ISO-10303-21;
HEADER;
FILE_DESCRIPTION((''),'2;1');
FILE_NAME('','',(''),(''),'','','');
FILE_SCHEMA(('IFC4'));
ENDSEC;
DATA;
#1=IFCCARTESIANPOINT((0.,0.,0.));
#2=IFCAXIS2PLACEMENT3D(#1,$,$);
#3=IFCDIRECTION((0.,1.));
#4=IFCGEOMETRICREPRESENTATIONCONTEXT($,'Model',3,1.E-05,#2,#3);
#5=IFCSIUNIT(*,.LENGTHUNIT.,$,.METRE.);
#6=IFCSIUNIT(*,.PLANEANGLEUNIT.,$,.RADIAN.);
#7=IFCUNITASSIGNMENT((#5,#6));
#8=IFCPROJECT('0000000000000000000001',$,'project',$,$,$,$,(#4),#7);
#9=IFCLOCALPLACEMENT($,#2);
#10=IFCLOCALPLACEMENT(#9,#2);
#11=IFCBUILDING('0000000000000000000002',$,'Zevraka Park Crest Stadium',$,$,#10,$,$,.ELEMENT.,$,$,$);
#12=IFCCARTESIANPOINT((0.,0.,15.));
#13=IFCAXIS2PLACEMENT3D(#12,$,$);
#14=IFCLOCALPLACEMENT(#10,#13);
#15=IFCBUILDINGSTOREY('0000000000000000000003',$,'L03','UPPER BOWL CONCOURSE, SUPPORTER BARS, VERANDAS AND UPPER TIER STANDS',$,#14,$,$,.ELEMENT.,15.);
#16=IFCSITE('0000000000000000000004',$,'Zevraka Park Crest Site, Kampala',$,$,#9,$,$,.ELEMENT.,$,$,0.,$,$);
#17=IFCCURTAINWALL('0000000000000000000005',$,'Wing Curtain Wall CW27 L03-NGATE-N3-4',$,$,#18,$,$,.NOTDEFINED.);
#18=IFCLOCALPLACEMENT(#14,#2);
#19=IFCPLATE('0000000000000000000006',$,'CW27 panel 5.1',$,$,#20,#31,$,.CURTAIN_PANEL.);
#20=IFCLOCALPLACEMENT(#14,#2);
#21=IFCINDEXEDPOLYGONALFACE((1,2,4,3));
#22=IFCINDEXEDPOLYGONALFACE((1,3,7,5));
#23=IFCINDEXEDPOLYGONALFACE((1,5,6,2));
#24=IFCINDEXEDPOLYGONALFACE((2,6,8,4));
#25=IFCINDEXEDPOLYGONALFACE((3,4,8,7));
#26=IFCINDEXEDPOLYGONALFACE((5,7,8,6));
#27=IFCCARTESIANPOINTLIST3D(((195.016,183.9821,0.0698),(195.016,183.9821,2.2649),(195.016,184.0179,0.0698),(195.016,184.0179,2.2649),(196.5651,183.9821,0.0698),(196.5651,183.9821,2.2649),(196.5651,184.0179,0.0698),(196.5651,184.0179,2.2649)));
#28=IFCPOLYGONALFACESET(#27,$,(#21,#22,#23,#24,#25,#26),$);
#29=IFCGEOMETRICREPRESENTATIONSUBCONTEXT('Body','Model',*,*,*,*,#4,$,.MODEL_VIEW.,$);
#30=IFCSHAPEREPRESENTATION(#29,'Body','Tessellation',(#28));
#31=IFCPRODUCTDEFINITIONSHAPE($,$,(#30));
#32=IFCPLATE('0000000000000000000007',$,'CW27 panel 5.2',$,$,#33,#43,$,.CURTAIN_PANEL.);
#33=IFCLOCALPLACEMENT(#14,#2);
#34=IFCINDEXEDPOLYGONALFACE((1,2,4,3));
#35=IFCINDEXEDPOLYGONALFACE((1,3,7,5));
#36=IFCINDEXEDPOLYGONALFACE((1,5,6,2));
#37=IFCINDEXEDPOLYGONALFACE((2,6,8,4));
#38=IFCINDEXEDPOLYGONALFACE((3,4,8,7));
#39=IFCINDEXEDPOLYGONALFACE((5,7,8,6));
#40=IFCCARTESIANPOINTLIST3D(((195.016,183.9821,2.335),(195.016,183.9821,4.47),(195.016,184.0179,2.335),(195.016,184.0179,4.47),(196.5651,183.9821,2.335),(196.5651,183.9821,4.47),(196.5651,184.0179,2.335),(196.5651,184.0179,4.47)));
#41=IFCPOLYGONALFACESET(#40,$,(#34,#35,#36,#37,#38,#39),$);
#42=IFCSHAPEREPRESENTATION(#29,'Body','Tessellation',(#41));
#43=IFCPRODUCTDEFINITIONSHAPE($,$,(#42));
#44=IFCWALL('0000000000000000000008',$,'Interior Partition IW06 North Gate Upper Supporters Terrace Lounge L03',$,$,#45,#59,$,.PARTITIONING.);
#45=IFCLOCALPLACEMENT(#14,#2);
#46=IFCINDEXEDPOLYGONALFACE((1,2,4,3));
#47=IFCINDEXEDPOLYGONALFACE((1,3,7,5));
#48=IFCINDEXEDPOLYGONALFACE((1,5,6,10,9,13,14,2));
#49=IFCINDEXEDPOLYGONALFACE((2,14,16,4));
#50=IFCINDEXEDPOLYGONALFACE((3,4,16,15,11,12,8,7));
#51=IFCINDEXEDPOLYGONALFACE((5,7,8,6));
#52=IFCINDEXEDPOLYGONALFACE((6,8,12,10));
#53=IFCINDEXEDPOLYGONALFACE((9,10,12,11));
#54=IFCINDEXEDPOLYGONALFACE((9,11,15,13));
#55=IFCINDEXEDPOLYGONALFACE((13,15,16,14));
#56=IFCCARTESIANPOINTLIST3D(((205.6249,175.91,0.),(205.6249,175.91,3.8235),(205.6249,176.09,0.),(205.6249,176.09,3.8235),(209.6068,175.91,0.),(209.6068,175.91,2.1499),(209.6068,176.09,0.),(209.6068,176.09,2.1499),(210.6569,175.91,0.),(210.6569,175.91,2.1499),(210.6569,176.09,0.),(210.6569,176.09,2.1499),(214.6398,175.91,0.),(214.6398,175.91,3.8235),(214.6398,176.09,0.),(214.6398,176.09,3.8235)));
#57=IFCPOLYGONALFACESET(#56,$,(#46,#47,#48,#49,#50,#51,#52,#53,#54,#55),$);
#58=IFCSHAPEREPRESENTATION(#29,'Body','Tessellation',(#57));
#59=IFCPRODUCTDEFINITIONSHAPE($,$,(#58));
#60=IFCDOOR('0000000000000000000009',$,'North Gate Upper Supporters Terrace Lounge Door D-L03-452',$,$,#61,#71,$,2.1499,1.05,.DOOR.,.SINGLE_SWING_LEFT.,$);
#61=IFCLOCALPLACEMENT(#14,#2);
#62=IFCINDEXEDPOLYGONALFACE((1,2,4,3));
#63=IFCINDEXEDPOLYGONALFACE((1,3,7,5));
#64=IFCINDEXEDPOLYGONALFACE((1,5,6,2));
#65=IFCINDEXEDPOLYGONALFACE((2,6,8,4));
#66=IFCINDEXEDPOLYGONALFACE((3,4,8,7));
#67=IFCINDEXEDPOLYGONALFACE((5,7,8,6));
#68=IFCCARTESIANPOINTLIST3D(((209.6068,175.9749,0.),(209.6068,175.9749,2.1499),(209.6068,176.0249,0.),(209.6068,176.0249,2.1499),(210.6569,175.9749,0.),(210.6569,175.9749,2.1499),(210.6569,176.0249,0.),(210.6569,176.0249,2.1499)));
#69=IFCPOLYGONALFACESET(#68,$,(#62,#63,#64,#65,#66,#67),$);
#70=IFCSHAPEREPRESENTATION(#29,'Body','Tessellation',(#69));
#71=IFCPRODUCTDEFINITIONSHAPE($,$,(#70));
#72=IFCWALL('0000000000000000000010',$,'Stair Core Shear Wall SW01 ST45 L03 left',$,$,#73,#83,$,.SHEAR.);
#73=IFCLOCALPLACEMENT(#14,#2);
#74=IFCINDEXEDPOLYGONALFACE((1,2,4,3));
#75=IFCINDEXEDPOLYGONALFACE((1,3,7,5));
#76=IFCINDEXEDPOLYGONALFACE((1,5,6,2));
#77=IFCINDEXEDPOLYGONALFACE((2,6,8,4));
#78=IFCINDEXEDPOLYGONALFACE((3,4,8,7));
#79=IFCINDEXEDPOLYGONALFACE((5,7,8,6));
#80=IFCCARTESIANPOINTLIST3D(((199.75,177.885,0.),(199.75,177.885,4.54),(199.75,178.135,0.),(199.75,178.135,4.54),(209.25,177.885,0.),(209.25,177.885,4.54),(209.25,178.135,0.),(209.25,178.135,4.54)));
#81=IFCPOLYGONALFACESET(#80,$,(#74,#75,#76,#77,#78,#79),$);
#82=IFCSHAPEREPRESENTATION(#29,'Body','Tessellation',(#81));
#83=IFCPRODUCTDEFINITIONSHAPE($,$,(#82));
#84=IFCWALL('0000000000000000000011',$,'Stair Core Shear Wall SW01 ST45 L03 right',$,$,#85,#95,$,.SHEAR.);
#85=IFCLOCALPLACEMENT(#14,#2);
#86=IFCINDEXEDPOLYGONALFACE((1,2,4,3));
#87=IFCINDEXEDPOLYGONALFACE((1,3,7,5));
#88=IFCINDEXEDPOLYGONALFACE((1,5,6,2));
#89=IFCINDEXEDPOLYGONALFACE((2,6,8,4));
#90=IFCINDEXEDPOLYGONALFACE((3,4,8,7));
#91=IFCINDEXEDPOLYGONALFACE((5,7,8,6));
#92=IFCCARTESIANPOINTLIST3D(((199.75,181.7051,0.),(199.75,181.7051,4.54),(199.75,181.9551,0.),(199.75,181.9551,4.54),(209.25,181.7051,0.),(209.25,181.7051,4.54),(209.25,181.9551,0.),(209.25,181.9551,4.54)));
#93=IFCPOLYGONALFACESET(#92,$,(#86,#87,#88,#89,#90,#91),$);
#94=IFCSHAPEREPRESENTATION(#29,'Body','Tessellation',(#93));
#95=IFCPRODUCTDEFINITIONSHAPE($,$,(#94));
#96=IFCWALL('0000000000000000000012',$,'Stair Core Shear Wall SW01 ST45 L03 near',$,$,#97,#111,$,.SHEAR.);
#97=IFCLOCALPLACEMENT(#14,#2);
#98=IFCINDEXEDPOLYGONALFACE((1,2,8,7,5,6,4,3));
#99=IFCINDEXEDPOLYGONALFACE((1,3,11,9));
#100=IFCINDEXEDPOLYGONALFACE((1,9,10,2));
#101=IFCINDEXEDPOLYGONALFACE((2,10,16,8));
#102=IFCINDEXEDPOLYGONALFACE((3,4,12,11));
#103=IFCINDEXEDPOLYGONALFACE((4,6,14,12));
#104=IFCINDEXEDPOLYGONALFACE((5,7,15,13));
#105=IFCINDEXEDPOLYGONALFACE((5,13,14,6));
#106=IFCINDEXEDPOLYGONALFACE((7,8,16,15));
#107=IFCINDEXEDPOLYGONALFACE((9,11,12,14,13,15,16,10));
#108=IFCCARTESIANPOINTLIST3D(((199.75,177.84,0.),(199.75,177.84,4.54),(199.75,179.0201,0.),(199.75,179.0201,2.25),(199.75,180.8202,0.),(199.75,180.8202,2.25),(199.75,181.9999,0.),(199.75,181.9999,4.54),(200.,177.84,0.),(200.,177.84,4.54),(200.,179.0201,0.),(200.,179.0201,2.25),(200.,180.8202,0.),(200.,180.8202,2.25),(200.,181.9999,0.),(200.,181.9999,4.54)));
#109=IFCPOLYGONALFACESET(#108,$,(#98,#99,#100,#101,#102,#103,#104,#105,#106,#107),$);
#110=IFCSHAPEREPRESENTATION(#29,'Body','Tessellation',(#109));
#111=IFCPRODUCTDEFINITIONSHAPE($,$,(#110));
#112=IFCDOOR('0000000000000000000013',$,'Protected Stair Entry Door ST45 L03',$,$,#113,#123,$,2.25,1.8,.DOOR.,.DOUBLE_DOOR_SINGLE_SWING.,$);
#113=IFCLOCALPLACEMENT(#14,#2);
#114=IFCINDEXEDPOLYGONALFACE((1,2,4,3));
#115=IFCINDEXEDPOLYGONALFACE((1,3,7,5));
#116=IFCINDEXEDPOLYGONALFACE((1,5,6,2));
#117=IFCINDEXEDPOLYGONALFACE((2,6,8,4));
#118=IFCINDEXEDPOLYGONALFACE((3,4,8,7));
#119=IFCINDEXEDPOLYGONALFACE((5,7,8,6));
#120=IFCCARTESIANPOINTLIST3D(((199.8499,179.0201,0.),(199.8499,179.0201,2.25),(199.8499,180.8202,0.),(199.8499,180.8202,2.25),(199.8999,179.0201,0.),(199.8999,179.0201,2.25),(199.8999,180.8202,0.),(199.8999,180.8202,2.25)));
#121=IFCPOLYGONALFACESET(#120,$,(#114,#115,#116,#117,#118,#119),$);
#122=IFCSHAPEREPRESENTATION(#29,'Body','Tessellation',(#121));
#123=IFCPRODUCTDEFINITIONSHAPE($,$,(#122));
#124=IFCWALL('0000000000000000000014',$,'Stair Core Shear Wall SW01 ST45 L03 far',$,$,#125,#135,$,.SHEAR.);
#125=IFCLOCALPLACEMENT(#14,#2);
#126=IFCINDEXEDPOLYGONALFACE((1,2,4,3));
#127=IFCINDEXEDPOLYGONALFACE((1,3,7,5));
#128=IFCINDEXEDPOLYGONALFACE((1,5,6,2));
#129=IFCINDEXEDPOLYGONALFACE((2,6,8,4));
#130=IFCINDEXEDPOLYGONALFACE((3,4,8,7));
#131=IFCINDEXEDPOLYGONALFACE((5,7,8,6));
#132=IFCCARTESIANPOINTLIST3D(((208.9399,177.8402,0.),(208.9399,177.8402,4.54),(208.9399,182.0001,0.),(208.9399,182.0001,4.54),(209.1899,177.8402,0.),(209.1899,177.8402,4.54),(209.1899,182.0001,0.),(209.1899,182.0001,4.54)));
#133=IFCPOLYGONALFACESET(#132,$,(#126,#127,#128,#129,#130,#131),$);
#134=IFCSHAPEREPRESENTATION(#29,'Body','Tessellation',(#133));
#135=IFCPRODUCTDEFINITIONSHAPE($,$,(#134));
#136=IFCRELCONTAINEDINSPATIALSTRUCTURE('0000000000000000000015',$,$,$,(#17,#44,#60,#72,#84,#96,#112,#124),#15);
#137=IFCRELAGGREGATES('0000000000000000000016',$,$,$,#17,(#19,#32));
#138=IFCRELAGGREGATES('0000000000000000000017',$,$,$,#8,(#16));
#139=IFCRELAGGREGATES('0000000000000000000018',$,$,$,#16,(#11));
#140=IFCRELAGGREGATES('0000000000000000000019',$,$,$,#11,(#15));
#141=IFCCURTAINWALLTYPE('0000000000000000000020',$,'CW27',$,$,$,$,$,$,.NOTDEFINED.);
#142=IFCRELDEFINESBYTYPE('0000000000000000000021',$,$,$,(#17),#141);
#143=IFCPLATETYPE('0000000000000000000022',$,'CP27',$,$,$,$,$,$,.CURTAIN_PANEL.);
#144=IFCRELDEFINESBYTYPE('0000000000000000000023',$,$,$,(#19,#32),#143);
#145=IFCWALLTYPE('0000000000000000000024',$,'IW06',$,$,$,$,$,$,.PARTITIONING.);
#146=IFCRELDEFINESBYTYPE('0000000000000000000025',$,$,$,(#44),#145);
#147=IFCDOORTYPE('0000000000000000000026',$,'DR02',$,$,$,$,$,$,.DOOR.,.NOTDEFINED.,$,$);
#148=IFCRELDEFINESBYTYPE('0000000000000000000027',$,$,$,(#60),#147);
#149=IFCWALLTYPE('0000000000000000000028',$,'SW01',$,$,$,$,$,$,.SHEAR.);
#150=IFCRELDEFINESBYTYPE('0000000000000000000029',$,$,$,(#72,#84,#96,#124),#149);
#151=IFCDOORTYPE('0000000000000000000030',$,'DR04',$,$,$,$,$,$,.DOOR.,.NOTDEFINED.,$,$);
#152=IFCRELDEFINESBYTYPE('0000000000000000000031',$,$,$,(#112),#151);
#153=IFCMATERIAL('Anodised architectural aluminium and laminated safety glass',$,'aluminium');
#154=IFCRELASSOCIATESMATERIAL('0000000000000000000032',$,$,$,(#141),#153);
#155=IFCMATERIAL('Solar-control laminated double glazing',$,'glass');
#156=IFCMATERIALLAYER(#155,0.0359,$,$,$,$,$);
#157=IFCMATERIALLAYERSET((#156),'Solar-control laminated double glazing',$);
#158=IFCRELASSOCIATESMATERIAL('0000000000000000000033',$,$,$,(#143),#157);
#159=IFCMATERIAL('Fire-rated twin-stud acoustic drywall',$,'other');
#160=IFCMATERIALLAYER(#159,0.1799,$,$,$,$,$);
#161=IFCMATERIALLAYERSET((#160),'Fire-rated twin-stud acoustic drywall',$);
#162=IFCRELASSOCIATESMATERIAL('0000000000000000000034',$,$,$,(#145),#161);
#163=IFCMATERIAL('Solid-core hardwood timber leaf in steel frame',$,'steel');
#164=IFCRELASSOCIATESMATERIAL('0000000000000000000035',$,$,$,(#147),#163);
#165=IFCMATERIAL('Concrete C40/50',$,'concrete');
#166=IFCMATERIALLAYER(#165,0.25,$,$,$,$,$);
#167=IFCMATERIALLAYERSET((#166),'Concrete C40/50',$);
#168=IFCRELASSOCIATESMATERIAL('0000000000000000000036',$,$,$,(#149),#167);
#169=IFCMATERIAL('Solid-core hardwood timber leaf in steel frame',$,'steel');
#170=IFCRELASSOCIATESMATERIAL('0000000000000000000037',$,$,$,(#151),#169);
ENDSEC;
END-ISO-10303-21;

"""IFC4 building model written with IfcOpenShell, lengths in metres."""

from ifc_helpers import new_model, si_unit, direction, frame, frame_2d, origin, origin_2d, place, context, subcontext, project, spatial, rectangle, extrude, material, layer, layer_set, type_object, element, fill, aggregate, save


model = new_model("IFC4")

# Units and contexts
model_context = context("Model", 3, precision=1e-05, world=origin(), true_north=direction((0.0, 1.0)))
body_context = subcontext(model_context, "Body", "Model", "MODEL_VIEW")
ifc_project = project(units=[si_unit("LENGTHUNIT", "METRE"), si_unit("PLANEANGLEUNIT", "RADIAN")], contexts=[model_context])

# Site, building, storey
site_placement = place(None, origin())
site = spatial("IfcSite", under=ifc_project, at=site_placement, Name="Zevraka Park Crest Site, Kampala", CompositionType="ELEMENT", RefElevation=0.0)
building_placement = place(site_placement, origin())
building = spatial("IfcBuilding", under=site, at=building_placement, Name="Zevraka Park Crest Stadium", CompositionType="ELEMENT")
storey_placement = place(building_placement, frame((0.0, 0.0, 15.0)))
storey = spatial("IfcBuildingStorey", under=building, at=storey_placement, Name="L03", Description="UPPER BOWL CONCOURSE, SUPPORTER BARS, VERANDAS AND UPPER TIER STANDS", CompositionType="ELEMENT", Elevation=15.0)

# Curtain wall
ifc_material_1 = material(Name="Anodised architectural aluminium and laminated safety glass", Category="aluminium")
curtain_wall_type = type_object("IfcCurtainWallType", Name="CW27", PredefinedType="NOTDEFINED", material=ifc_material_1)
curtain_wall_placement = place(storey_placement, origin())
curtain_wall = element("IfcCurtainWall", 1, at=curtain_wall_placement, inside=storey, type_object=curtain_wall_type, Name="Wing Curtain Wall CW27 L03-NGATE-N3-4", PredefinedType="NOTDEFINED")

# Plates
ifc_material_2 = material(Name="Solar-control laminated double glazing", Category="glass")
ifc_layer_1 = layer(ifc_material_2, 0.0359)
ifc_layer_set_1 = layer_set([ifc_layer_1], Name="Solar-control laminated double glazing")
plate_type = type_object("IfcPlateType", Name="CP27", PredefinedType="CURTAIN_PANEL", material=ifc_layer_set_1)
plate_1_placement = place(storey_placement, frame((195.7905, 184.0, 0.0698), z_axis=(0.0, 0.0, 1.0), x_axis=(1.0, 0.0, 0.0)))
plate_1 = element("IfcPlate", 2, at=plate_1_placement, type_object=plate_type, Name="CW27 panel 5.1", PredefinedType="CURTAIN_PANEL", context=body_context, shape_type="SweptSolid", body=[
    extrude(rectangle(XDim=1.5491, YDim=0.0359, at=origin_2d()), origin(), (0.0, 0.0, 1.0), 2.1951),
])
plate_2_placement = place(storey_placement, frame((195.7905, 184.0, 2.335), z_axis=(0.0, 0.0, 1.0), x_axis=(1.0, 0.0, 0.0)))
plate_2 = element("IfcPlate", 3, at=plate_2_placement, type_object=plate_type, Name="CW27 panel 5.2", PredefinedType="CURTAIN_PANEL", context=body_context, shape_type="SweptSolid", body=[
    extrude(rectangle(XDim=1.5491, YDim=0.0359, at=origin_2d()), origin(), (0.0, 0.0, 1.0), 2.135),
])
aggregate(curtain_wall, [plate_1, plate_2])

# Wall, opening, door
ifc_material_3 = material(Name="Fire-rated twin-stud acoustic drywall", Category="other")
ifc_layer_2 = layer(ifc_material_3, 0.1799)
ifc_layer_set_2 = layer_set([ifc_layer_2], Name="Fire-rated twin-stud acoustic drywall")
wall_type_1 = type_object("IfcWallType", Name="IW06", PredefinedType="PARTITIONING", material=ifc_layer_set_2)
wall_1_placement = place(storey_placement, frame((205.625, 176.0, 0.0), z_axis=(0.0, 0.0, 1.0), x_axis=(1.0, 0.0, 0.0)))
wall_1 = element("IfcWall", 4, at=wall_1_placement, inside=storey, type_object=wall_type_1, Name="Interior Partition IW06 North Gate Upper Supporters Terrace Lounge L03", PredefinedType="PARTITIONING", context=body_context, shape_type="SweptSolid", body=[
    extrude(rectangle(XDim=9.0149, YDim=0.1799, at=frame_2d((4.5073, 0.0))), origin(), (0.0, 0.0, 1.0), 3.8235),
])
opening_1_placement = place(wall_1_placement, frame((3.9819, 0.0, 0.0)))
opening_1 = element("IfcOpeningElement", 5, at=opening_1_placement, cuts=wall_1, PredefinedType="OPENING", context=body_context, shape_type="SweptSolid", body=[
    extrude(rectangle(XDim=1.05, YDim=2.1499, at=frame_2d((0.5249, 1.075))), frame((0.0, 0.0999, 0.0), z_axis=(0.0, -1.0, 0.0), x_axis=(1.0, 0.0, 0.0)), (0.0, 0.0, 1.0), 0.2),
])
ifc_material_4 = material(Name="Solid-core hardwood timber leaf in steel frame", Category="steel")
door_type_1 = type_object("IfcDoorType", Name="DR02", OperationType="NOTDEFINED", PredefinedType="DOOR", material=ifc_material_4)
door_1_placement = place(opening_1_placement, origin())
door_1 = element("IfcDoor", 6, at=door_1_placement, inside=storey, type_object=door_type_1, Name="North Gate Upper Supporters Terrace Lounge Door D-L03-452", OperationType="SINGLE_SWING_LEFT", OverallHeight=2.1499, OverallWidth=1.05, PredefinedType="DOOR", context=body_context, shape_type="SweptSolid", body=[
    extrude(rectangle(XDim=1.05, YDim=2.1499, at=frame_2d((0.5249, 1.075))), frame((0.0, 0.0249, 0.0), z_axis=(0.0, -1.0, 0.0), x_axis=(1.0, 0.0, 0.0)), (0.0, 0.0, 1.0), 0.05),
])
fill(opening_1, door_1)

# Walls
ifc_material_5 = material(Name="Concrete C40/50", Category="concrete")
ifc_layer_3 = layer(ifc_material_5, 0.25)
ifc_layer_set_3 = layer_set([ifc_layer_3], Name="Concrete C40/50")
wall_type_2 = type_object("IfcWallType", Name="SW01", PredefinedType="SHEAR", material=ifc_layer_set_3)
for number, where, z_axis, x_axis, name in (
    (7, (199.75, 178.01, 0.0), (0.0, 0.0, 1.0), (1.0, 0.0, 0.0), "Stair Core Shear Wall SW01 ST45 L03 left"),
    (8, (209.25, 181.8301, 0.0), (0.0, 0.0, 1.0), (-1.0, 0.0, 0.0), "Stair Core Shear Wall SW01 ST45 L03 right"),
):
    element("IfcWall", number, at=place(storey_placement, frame(where, z_axis=z_axis, x_axis=x_axis)), inside=storey, type_object=wall_type_2, Name=name, PredefinedType="SHEAR", context=body_context, shape_type="SweptSolid", body=[
        extrude(rectangle(XDim=9.5, YDim=0.25, at=frame_2d((4.75, 0.0))), origin(), (0.0, 0.0, 1.0), 4.54),
    ])

# Wall, opening, door
wall_2_placement = place(storey_placement, frame((199.875, 182.0, 0.0), z_axis=(0.0, 0.0, 1.0), x_axis=(0.0, -1.0, 0.0)))
wall_2 = element("IfcWall", 9, at=wall_2_placement, inside=storey, type_object=wall_type_2, Name="Stair Core Shear Wall SW01 ST45 L03 near", PredefinedType="SHEAR", context=body_context, shape_type="SweptSolid", body=[
    extrude(rectangle(XDim=4.1599, YDim=0.25, at=frame_2d((2.0801, 0.0))), origin(), (0.0, 0.0, 1.0), 4.54),
])
opening_2_placement = place(wall_2_placement, frame((1.1799, 0.0, 0.0)))
opening_2 = element("IfcOpeningElement", 10, at=opening_2_placement, cuts=wall_2, PredefinedType="OPENING", context=body_context, shape_type="SweptSolid", body=[
    extrude(rectangle(XDim=1.8, YDim=2.25, at=frame_2d((0.8999, 1.125))), frame((0.0, 0.135, 0.0), z_axis=(0.0, -1.0, 0.0), x_axis=(1.0, 0.0, 0.0)), (0.0, 0.0, 1.0), 0.27),
])
ifc_material_6 = material(Name="Solid-core hardwood timber leaf in steel frame", Category="steel")
door_type_2 = type_object("IfcDoorType", Name="DR04", OperationType="NOTDEFINED", PredefinedType="DOOR", material=ifc_material_6)
door_2_placement = place(opening_2_placement, origin())
door_2 = element("IfcDoor", 11, at=door_2_placement, inside=storey, type_object=door_type_2, Name="Protected Stair Entry Door ST45 L03", OperationType="DOUBLE_DOOR_SINGLE_SWING", OverallHeight=2.25, OverallWidth=1.8, PredefinedType="DOOR", context=body_context, shape_type="SweptSolid", body=[
    extrude(rectangle(XDim=1.8, YDim=2.25, at=frame_2d((0.8999, 1.125))), frame((0.0, 0.0249, 0.0), z_axis=(0.0, -1.0, 0.0), x_axis=(1.0, 0.0, 0.0)), (0.0, 0.0, 1.0), 0.05),
])
fill(opening_2, door_2)

# Wall
wall_3_placement = place(storey_placement, frame((209.0649, 177.8401, 0.0), z_axis=(0.0, 0.0, 1.0), x_axis=(0.0, 1.0, 0.0)))
element("IfcWall", 12, at=wall_3_placement, inside=storey, type_object=wall_type_2, Name="Stair Core Shear Wall SW01 ST45 L03 far", PredefinedType="SHEAR", context=body_context, shape_type="SweptSolid", body=[
    extrude(rectangle(XDim=4.1599, YDim=0.25, at=frame_2d((2.0801, 0.0))), origin(), (0.0, 0.0, 1.0), 4.54),
])

save(model, "model.ifc")
